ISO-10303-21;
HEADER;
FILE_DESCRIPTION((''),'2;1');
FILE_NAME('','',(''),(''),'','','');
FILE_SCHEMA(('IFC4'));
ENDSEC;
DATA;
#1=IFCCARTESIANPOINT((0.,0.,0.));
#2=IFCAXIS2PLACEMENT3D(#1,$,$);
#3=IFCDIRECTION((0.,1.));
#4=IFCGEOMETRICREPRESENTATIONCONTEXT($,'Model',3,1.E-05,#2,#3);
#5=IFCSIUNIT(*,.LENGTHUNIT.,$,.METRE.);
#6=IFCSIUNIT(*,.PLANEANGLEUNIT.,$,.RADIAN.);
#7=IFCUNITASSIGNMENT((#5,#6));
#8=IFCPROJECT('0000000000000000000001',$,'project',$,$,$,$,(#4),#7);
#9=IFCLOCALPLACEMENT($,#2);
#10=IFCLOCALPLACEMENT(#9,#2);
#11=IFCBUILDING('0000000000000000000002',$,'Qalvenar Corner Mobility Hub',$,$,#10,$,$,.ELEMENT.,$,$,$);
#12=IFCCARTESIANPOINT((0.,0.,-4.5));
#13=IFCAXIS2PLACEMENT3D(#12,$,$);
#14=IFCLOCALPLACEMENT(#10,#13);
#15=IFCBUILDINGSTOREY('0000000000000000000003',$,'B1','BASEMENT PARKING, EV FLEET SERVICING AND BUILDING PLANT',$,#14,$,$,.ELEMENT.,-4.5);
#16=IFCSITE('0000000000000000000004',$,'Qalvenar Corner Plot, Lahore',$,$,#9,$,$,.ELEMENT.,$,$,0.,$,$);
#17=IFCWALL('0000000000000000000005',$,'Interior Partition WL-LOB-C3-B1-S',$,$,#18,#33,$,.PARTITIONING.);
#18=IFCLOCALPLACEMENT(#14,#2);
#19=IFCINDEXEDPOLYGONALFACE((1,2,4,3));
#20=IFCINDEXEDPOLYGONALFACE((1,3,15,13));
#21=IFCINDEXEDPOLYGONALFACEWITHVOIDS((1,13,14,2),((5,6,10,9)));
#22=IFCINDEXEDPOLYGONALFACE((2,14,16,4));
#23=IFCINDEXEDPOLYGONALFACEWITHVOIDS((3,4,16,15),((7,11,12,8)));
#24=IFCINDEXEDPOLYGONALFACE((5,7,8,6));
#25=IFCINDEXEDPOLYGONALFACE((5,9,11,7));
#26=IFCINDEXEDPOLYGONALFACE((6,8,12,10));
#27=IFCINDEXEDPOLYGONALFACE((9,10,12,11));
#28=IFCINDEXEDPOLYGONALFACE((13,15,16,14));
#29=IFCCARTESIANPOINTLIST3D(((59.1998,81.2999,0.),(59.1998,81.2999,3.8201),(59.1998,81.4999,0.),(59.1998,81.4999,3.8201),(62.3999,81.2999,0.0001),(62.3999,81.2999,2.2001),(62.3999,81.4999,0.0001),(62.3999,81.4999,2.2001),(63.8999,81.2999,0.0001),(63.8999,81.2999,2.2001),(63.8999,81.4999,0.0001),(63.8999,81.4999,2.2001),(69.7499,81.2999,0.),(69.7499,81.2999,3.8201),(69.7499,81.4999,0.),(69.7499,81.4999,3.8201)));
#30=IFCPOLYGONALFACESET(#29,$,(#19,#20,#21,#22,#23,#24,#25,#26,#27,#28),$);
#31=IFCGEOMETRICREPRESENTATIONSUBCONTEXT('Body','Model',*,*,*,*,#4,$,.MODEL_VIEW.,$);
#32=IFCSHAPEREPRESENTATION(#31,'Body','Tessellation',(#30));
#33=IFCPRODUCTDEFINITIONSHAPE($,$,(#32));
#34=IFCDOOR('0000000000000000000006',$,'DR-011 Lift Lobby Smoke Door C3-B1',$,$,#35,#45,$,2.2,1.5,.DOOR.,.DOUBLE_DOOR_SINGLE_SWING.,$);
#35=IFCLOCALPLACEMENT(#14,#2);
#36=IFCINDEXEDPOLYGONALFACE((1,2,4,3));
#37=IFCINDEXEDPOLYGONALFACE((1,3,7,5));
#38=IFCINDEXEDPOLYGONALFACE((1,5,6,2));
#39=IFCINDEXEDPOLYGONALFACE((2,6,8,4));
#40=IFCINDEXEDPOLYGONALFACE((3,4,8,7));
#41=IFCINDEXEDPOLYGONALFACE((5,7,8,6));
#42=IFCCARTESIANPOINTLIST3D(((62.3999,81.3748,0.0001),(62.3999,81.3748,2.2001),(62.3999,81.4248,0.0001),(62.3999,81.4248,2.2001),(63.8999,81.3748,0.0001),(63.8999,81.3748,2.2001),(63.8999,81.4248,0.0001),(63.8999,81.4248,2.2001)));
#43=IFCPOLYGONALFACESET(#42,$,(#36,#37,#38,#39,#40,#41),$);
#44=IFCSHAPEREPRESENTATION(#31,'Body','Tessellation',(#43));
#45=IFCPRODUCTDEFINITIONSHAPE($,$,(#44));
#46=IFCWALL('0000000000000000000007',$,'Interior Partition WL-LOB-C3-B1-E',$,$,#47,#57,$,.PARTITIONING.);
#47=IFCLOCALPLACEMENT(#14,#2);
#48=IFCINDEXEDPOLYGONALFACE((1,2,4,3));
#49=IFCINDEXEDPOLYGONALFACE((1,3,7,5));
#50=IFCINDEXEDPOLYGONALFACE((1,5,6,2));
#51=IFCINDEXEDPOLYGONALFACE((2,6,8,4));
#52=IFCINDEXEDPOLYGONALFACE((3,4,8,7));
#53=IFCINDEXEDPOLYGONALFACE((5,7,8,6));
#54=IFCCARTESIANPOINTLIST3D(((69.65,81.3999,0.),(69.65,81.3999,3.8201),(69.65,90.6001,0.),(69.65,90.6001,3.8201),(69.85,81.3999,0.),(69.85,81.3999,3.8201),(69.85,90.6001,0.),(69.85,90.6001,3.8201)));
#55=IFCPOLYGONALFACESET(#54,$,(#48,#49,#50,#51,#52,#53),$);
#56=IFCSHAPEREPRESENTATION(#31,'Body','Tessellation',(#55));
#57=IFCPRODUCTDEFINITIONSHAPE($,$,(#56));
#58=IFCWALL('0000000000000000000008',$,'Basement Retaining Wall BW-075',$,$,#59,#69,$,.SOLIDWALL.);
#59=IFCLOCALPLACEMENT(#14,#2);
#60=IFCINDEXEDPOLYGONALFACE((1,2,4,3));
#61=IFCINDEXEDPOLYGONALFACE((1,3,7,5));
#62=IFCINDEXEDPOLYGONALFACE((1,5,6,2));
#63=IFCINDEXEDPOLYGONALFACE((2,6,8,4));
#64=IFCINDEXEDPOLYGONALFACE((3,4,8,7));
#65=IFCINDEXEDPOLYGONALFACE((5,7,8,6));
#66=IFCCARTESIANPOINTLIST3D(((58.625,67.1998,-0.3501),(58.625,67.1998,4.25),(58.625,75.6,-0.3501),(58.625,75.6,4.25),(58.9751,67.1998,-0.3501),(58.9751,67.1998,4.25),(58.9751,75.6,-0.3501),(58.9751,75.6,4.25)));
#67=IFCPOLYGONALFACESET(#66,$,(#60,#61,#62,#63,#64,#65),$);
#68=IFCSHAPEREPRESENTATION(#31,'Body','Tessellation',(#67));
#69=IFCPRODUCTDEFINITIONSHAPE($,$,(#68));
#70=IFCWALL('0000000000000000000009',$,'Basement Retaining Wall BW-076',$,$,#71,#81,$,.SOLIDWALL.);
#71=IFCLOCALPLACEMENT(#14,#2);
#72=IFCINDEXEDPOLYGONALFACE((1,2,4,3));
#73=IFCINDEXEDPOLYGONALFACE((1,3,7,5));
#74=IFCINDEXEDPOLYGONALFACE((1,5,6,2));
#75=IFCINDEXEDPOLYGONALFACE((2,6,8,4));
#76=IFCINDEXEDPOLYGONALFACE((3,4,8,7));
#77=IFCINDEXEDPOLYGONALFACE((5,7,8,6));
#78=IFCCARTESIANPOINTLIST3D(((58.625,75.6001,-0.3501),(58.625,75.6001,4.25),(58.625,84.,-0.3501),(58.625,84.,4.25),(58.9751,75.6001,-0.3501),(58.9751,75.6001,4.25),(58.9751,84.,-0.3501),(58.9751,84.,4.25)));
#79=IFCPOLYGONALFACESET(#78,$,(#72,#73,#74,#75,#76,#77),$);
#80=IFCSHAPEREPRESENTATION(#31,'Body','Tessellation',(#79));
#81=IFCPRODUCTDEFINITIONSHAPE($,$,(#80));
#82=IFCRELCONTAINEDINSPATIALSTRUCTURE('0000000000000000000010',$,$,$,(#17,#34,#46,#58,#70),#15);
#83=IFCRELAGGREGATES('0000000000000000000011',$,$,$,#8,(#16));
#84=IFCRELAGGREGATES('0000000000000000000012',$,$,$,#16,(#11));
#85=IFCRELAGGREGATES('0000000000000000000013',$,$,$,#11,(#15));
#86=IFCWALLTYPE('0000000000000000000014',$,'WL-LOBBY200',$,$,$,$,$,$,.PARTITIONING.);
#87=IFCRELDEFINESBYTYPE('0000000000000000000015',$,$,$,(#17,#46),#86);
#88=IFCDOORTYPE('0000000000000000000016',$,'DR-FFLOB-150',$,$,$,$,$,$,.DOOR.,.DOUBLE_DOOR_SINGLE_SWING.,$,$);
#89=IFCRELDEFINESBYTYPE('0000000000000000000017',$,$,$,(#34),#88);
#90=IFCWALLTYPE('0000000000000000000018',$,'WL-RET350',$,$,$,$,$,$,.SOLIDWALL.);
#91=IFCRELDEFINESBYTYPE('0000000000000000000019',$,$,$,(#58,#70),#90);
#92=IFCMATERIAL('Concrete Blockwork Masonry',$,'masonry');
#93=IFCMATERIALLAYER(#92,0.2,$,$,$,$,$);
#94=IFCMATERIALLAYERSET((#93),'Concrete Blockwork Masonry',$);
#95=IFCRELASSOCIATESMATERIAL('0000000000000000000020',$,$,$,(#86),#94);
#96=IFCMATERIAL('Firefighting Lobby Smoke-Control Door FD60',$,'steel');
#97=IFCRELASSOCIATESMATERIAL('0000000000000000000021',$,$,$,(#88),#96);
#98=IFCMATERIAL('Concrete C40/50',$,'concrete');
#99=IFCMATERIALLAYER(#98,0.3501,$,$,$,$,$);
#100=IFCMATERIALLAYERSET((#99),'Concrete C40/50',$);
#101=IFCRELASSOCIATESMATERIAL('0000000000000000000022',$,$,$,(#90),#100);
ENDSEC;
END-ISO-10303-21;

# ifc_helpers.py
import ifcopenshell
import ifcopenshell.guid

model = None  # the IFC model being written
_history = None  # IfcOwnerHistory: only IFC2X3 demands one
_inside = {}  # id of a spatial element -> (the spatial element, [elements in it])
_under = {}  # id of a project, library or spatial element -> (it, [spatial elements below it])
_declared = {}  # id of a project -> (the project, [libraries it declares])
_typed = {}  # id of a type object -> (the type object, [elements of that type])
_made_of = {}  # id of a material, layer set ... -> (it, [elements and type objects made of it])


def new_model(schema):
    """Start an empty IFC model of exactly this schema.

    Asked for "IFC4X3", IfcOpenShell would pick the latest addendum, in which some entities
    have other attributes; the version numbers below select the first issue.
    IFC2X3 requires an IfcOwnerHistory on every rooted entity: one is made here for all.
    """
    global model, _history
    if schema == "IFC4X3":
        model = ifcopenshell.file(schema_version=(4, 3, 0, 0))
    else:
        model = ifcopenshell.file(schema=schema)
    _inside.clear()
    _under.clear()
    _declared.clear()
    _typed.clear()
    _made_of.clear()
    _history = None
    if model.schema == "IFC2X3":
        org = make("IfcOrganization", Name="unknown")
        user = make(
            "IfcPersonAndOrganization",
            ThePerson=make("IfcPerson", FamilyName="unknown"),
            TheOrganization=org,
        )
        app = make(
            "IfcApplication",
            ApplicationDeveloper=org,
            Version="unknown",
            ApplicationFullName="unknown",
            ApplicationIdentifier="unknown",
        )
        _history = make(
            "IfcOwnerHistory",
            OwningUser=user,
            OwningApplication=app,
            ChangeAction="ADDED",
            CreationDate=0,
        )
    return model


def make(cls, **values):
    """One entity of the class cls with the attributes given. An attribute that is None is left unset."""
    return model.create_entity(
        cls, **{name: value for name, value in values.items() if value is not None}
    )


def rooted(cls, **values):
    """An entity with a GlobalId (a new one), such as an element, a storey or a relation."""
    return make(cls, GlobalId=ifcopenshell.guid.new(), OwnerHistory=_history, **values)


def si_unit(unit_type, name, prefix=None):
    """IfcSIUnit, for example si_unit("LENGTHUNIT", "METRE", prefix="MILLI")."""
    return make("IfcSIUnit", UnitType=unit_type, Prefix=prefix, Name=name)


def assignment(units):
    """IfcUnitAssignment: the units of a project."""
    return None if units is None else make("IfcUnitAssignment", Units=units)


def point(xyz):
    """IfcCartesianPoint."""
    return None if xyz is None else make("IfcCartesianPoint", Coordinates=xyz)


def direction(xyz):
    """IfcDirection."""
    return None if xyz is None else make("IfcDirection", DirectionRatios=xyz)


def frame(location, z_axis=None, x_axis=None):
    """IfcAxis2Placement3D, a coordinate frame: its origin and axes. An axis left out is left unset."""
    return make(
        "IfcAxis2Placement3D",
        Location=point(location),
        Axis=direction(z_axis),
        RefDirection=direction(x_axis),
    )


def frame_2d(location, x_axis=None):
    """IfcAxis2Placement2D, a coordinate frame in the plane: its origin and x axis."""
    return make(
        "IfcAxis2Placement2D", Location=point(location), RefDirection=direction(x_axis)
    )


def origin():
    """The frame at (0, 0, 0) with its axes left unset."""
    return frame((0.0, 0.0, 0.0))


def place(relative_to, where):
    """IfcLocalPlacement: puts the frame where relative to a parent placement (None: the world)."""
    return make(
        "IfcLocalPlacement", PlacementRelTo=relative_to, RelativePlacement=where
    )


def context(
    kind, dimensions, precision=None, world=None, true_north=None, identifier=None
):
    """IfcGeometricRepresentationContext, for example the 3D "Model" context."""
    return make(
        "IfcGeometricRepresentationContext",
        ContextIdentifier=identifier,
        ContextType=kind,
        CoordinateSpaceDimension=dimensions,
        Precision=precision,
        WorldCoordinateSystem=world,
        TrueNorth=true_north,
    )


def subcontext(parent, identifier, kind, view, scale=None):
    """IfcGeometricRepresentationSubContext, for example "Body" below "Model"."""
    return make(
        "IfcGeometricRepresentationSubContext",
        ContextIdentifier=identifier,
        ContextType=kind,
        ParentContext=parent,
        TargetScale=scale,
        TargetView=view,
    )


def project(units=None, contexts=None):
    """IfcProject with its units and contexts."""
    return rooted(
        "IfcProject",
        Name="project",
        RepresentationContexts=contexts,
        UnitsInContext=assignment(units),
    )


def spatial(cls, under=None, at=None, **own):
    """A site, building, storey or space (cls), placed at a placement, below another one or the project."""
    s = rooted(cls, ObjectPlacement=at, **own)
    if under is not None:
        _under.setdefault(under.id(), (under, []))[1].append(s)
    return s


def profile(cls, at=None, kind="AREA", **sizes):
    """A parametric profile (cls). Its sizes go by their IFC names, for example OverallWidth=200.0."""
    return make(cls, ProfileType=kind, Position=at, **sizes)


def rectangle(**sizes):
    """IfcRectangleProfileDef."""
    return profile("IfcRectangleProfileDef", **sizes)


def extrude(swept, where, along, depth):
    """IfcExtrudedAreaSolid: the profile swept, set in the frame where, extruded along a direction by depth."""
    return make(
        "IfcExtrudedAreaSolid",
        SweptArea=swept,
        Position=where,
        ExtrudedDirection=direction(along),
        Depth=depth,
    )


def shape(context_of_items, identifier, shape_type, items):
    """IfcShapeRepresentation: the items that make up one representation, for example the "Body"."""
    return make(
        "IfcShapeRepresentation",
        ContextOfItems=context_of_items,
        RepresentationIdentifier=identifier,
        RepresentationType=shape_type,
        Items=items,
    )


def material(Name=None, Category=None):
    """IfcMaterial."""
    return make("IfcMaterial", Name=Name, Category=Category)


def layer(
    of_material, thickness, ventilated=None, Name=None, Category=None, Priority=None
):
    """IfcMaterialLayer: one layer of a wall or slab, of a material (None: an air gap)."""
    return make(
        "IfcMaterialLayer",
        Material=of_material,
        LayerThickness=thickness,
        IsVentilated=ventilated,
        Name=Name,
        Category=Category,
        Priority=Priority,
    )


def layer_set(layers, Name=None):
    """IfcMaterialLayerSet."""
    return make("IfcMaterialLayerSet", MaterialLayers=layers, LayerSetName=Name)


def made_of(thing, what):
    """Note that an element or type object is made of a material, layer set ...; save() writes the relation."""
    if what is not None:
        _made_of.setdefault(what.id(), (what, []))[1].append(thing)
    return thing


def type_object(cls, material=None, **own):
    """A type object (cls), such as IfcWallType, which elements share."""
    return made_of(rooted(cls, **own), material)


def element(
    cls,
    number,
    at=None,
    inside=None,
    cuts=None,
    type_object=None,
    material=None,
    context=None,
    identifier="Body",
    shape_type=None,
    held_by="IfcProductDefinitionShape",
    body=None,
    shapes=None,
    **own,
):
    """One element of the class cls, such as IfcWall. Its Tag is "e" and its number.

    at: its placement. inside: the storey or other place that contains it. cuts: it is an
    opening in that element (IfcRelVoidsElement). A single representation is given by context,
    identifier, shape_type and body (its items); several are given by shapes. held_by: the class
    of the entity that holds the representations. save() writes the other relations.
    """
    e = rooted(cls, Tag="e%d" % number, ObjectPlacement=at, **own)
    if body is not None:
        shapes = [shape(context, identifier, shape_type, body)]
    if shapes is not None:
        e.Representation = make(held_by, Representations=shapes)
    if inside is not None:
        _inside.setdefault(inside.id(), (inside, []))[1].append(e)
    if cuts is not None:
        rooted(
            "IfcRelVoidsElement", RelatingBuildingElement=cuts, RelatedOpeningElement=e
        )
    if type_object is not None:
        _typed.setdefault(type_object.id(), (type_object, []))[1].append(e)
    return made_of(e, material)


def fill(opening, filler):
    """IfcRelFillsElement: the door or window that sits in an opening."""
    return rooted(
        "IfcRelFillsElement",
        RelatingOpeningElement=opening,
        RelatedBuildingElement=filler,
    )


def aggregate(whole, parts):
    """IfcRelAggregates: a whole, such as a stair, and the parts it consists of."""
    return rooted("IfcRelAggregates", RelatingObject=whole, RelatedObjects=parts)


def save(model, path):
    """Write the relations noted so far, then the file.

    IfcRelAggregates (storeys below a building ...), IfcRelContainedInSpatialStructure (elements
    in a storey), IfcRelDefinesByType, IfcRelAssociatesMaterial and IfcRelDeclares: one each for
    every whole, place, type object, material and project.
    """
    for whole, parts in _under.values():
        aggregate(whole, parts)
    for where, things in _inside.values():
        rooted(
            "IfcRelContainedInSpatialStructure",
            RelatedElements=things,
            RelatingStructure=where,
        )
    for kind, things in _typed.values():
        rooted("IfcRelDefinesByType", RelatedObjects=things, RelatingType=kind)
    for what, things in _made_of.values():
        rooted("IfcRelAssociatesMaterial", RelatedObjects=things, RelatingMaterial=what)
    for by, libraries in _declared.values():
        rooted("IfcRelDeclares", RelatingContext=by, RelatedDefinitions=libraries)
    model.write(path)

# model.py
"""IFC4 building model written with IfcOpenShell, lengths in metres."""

from ifc_helpers import new_model, si_unit, direction, frame, frame_2d, origin, place, context, subcontext, project, spatial, rectangle, extrude, material, layer, layer_set, type_object, element, fill, save


model = new_model("IFC4")

# Units and contexts
model_context = context("Model", 3, precision=1e-05, world=origin(), true_north=direction((0.0, 1.0)))
body_context = subcontext(model_context, "Body", "Model", "MODEL_VIEW")
ifc_project = project(units=[si_unit("LENGTHUNIT", "METRE"), si_unit("PLANEANGLEUNIT", "RADIAN")], contexts=[model_context])

# Site, building, storey
site_placement = place(None, origin())
site = spatial("IfcSite", under=ifc_project, at=site_placement, Name="Qalvenar Corner Plot, Lahore", CompositionType="ELEMENT", RefElevation=0.0)
building_placement = place(site_placement, origin())
building = spatial("IfcBuilding", under=site, at=building_placement, Name="Qalvenar Corner Mobility Hub", CompositionType="ELEMENT")
storey_placement = place(building_placement, frame((0.0, 0.0, -4.5)))
storey = spatial("IfcBuildingStorey", under=building, at=storey_placement, Name="B1", Description="BASEMENT PARKING, EV FLEET SERVICING AND BUILDING PLANT", CompositionType="ELEMENT", Elevation=-4.5)

# Shared definitions
ifc_material_1 = material(Name="Concrete C40/50", Category="concrete")

# Shared definitions
ifc_material_2 = material(Name="Concrete Blockwork Masonry", Category="masonry")
ifc_layer_1 = layer(ifc_material_2, 0.2)
ifc_layer_set_1 = layer_set([ifc_layer_1], Name="Concrete Blockwork Masonry")
wall_type_1 = type_object("IfcWallType", Name="WL-LOBBY200", PredefinedType="PARTITIONING", material=ifc_layer_set_1)

# Wall, opening, door
wall_1_placement = place(storey_placement, frame((59.2, 81.3999, 0.0), z_axis=(0.0, 0.0, 1.0), x_axis=(1.0, 0.0, 0.0)))
wall_1 = element("IfcWall", 1, at=wall_1_placement, inside=storey, type_object=wall_type_1, Name="Interior Partition WL-LOB-C3-B1-S", PredefinedType="PARTITIONING", context=body_context, shape_type="SweptSolid", body=[
    extrude(rectangle(XDim=10.55, YDim=0.2, at=frame_2d((5.2749, 0.0))), origin(), (0.0, 0.0, 1.0), 3.8201),
])
opening_1_placement = place(wall_1_placement, frame((3.2, 0.0, 0.0)))
opening_1 = element("IfcOpeningElement", 2, at=opening_1_placement, cuts=wall_1, PredefinedType="OPENING", context=body_context, shape_type="SweptSolid", body=[
    extrude(rectangle(XDim=1.5, YDim=2.2, at=frame_2d((0.75, 1.1001))), frame((0.0, 0.1099, 0.0), z_axis=(0.0, -1.0, 0.0), x_axis=(1.0, 0.0, 0.0)), (0.0, 0.0, 1.0), 0.22),
])
ifc_material_3 = material(Name="Firefighting Lobby Smoke-Control Door FD60", Category="steel")
door_type_1 = type_object("IfcDoorType", Name="DR-FFLOB-150", OperationType="DOUBLE_DOOR_SINGLE_SWING", PredefinedType="DOOR", material=ifc_material_3)
door_1_placement = place(opening_1_placement, origin())
door_1 = element("IfcDoor", 3, at=door_1_placement, inside=storey, type_object=door_type_1, Name="DR-011 Lift Lobby Smoke Door C3-B1", OperationType="DOUBLE_DOOR_SINGLE_SWING", OverallHeight=2.2, OverallWidth=1.5, PredefinedType="DOOR", context=body_context, shape_type="SweptSolid", body=[
    extrude(rectangle(XDim=1.5, YDim=2.2, at=frame_2d((0.75, 1.1001))), frame((0.0, 0.0249, 0.0), z_axis=(0.0, -1.0, 0.0), x_axis=(1.0, 0.0, 0.0)), (0.0, 0.0, 1.0), 0.05),
])
fill(opening_1, door_1)

# Walls
wall_2_placement = place(storey_placement, frame((69.75, 81.3999, 0.0), z_axis=(0.0, 0.0, 1.0), x_axis=(0.0, 1.0, 0.0)))
element("IfcWall", 4, at=wall_2_placement, inside=storey, type_object=wall_type_1, Name="Interior Partition WL-LOB-C3-B1-E", PredefinedType="PARTITIONING", context=body_context, shape_type="SweptSolid", body=[
    extrude(rectangle(XDim=9.2002, YDim=0.2, at=frame_2d((4.6001, 0.0))), origin(), (0.0, 0.0, 1.0), 3.8201),
])
ifc_layer_2 = layer(ifc_material_1, 0.3501)
ifc_layer_set_2 = layer_set([ifc_layer_2], Name="Concrete C40/50")
wall_type_2 = type_object("IfcWallType", Name="WL-RET350", PredefinedType="SOLIDWALL", material=ifc_layer_set_2)
wall_3_placement = place(storey_placement, frame((58.8, 75.6001, -0.3501), z_axis=(0.0, 0.0, 1.0), x_axis=(0.0, -1.0, 0.0)))
element("IfcWall", 5, at=wall_3_placement, inside=storey, type_object=wall_type_2, Name="Basement Retaining Wall BW-075", PredefinedType="SOLIDWALL", context=body_context, shape_type="SweptSolid", body=[
    extrude(rectangle(XDim=8.4001, YDim=0.3501, at=frame_2d((4.2002, 0.0))), origin(), (0.0, 0.0, 1.0), 4.6001),
])
wall_4_placement = place(storey_placement, frame((58.8, 84.0, -0.3501), z_axis=(0.0, 0.0, 1.0), x_axis=(0.0, -1.0, 0.0)))
element("IfcWall", 6, at=wall_4_placement, inside=storey, type_object=wall_type_2, Name="Basement Retaining Wall BW-076", PredefinedType="SOLIDWALL", context=body_context, shape_type="SweptSolid", body=[
    extrude(rectangle(XDim=8.3999, YDim=0.3501, at=frame_2d((4.2, 0.0))), origin(), (0.0, 0.0, 1.0), 4.6001),
])

save(model, "model.ifc")
